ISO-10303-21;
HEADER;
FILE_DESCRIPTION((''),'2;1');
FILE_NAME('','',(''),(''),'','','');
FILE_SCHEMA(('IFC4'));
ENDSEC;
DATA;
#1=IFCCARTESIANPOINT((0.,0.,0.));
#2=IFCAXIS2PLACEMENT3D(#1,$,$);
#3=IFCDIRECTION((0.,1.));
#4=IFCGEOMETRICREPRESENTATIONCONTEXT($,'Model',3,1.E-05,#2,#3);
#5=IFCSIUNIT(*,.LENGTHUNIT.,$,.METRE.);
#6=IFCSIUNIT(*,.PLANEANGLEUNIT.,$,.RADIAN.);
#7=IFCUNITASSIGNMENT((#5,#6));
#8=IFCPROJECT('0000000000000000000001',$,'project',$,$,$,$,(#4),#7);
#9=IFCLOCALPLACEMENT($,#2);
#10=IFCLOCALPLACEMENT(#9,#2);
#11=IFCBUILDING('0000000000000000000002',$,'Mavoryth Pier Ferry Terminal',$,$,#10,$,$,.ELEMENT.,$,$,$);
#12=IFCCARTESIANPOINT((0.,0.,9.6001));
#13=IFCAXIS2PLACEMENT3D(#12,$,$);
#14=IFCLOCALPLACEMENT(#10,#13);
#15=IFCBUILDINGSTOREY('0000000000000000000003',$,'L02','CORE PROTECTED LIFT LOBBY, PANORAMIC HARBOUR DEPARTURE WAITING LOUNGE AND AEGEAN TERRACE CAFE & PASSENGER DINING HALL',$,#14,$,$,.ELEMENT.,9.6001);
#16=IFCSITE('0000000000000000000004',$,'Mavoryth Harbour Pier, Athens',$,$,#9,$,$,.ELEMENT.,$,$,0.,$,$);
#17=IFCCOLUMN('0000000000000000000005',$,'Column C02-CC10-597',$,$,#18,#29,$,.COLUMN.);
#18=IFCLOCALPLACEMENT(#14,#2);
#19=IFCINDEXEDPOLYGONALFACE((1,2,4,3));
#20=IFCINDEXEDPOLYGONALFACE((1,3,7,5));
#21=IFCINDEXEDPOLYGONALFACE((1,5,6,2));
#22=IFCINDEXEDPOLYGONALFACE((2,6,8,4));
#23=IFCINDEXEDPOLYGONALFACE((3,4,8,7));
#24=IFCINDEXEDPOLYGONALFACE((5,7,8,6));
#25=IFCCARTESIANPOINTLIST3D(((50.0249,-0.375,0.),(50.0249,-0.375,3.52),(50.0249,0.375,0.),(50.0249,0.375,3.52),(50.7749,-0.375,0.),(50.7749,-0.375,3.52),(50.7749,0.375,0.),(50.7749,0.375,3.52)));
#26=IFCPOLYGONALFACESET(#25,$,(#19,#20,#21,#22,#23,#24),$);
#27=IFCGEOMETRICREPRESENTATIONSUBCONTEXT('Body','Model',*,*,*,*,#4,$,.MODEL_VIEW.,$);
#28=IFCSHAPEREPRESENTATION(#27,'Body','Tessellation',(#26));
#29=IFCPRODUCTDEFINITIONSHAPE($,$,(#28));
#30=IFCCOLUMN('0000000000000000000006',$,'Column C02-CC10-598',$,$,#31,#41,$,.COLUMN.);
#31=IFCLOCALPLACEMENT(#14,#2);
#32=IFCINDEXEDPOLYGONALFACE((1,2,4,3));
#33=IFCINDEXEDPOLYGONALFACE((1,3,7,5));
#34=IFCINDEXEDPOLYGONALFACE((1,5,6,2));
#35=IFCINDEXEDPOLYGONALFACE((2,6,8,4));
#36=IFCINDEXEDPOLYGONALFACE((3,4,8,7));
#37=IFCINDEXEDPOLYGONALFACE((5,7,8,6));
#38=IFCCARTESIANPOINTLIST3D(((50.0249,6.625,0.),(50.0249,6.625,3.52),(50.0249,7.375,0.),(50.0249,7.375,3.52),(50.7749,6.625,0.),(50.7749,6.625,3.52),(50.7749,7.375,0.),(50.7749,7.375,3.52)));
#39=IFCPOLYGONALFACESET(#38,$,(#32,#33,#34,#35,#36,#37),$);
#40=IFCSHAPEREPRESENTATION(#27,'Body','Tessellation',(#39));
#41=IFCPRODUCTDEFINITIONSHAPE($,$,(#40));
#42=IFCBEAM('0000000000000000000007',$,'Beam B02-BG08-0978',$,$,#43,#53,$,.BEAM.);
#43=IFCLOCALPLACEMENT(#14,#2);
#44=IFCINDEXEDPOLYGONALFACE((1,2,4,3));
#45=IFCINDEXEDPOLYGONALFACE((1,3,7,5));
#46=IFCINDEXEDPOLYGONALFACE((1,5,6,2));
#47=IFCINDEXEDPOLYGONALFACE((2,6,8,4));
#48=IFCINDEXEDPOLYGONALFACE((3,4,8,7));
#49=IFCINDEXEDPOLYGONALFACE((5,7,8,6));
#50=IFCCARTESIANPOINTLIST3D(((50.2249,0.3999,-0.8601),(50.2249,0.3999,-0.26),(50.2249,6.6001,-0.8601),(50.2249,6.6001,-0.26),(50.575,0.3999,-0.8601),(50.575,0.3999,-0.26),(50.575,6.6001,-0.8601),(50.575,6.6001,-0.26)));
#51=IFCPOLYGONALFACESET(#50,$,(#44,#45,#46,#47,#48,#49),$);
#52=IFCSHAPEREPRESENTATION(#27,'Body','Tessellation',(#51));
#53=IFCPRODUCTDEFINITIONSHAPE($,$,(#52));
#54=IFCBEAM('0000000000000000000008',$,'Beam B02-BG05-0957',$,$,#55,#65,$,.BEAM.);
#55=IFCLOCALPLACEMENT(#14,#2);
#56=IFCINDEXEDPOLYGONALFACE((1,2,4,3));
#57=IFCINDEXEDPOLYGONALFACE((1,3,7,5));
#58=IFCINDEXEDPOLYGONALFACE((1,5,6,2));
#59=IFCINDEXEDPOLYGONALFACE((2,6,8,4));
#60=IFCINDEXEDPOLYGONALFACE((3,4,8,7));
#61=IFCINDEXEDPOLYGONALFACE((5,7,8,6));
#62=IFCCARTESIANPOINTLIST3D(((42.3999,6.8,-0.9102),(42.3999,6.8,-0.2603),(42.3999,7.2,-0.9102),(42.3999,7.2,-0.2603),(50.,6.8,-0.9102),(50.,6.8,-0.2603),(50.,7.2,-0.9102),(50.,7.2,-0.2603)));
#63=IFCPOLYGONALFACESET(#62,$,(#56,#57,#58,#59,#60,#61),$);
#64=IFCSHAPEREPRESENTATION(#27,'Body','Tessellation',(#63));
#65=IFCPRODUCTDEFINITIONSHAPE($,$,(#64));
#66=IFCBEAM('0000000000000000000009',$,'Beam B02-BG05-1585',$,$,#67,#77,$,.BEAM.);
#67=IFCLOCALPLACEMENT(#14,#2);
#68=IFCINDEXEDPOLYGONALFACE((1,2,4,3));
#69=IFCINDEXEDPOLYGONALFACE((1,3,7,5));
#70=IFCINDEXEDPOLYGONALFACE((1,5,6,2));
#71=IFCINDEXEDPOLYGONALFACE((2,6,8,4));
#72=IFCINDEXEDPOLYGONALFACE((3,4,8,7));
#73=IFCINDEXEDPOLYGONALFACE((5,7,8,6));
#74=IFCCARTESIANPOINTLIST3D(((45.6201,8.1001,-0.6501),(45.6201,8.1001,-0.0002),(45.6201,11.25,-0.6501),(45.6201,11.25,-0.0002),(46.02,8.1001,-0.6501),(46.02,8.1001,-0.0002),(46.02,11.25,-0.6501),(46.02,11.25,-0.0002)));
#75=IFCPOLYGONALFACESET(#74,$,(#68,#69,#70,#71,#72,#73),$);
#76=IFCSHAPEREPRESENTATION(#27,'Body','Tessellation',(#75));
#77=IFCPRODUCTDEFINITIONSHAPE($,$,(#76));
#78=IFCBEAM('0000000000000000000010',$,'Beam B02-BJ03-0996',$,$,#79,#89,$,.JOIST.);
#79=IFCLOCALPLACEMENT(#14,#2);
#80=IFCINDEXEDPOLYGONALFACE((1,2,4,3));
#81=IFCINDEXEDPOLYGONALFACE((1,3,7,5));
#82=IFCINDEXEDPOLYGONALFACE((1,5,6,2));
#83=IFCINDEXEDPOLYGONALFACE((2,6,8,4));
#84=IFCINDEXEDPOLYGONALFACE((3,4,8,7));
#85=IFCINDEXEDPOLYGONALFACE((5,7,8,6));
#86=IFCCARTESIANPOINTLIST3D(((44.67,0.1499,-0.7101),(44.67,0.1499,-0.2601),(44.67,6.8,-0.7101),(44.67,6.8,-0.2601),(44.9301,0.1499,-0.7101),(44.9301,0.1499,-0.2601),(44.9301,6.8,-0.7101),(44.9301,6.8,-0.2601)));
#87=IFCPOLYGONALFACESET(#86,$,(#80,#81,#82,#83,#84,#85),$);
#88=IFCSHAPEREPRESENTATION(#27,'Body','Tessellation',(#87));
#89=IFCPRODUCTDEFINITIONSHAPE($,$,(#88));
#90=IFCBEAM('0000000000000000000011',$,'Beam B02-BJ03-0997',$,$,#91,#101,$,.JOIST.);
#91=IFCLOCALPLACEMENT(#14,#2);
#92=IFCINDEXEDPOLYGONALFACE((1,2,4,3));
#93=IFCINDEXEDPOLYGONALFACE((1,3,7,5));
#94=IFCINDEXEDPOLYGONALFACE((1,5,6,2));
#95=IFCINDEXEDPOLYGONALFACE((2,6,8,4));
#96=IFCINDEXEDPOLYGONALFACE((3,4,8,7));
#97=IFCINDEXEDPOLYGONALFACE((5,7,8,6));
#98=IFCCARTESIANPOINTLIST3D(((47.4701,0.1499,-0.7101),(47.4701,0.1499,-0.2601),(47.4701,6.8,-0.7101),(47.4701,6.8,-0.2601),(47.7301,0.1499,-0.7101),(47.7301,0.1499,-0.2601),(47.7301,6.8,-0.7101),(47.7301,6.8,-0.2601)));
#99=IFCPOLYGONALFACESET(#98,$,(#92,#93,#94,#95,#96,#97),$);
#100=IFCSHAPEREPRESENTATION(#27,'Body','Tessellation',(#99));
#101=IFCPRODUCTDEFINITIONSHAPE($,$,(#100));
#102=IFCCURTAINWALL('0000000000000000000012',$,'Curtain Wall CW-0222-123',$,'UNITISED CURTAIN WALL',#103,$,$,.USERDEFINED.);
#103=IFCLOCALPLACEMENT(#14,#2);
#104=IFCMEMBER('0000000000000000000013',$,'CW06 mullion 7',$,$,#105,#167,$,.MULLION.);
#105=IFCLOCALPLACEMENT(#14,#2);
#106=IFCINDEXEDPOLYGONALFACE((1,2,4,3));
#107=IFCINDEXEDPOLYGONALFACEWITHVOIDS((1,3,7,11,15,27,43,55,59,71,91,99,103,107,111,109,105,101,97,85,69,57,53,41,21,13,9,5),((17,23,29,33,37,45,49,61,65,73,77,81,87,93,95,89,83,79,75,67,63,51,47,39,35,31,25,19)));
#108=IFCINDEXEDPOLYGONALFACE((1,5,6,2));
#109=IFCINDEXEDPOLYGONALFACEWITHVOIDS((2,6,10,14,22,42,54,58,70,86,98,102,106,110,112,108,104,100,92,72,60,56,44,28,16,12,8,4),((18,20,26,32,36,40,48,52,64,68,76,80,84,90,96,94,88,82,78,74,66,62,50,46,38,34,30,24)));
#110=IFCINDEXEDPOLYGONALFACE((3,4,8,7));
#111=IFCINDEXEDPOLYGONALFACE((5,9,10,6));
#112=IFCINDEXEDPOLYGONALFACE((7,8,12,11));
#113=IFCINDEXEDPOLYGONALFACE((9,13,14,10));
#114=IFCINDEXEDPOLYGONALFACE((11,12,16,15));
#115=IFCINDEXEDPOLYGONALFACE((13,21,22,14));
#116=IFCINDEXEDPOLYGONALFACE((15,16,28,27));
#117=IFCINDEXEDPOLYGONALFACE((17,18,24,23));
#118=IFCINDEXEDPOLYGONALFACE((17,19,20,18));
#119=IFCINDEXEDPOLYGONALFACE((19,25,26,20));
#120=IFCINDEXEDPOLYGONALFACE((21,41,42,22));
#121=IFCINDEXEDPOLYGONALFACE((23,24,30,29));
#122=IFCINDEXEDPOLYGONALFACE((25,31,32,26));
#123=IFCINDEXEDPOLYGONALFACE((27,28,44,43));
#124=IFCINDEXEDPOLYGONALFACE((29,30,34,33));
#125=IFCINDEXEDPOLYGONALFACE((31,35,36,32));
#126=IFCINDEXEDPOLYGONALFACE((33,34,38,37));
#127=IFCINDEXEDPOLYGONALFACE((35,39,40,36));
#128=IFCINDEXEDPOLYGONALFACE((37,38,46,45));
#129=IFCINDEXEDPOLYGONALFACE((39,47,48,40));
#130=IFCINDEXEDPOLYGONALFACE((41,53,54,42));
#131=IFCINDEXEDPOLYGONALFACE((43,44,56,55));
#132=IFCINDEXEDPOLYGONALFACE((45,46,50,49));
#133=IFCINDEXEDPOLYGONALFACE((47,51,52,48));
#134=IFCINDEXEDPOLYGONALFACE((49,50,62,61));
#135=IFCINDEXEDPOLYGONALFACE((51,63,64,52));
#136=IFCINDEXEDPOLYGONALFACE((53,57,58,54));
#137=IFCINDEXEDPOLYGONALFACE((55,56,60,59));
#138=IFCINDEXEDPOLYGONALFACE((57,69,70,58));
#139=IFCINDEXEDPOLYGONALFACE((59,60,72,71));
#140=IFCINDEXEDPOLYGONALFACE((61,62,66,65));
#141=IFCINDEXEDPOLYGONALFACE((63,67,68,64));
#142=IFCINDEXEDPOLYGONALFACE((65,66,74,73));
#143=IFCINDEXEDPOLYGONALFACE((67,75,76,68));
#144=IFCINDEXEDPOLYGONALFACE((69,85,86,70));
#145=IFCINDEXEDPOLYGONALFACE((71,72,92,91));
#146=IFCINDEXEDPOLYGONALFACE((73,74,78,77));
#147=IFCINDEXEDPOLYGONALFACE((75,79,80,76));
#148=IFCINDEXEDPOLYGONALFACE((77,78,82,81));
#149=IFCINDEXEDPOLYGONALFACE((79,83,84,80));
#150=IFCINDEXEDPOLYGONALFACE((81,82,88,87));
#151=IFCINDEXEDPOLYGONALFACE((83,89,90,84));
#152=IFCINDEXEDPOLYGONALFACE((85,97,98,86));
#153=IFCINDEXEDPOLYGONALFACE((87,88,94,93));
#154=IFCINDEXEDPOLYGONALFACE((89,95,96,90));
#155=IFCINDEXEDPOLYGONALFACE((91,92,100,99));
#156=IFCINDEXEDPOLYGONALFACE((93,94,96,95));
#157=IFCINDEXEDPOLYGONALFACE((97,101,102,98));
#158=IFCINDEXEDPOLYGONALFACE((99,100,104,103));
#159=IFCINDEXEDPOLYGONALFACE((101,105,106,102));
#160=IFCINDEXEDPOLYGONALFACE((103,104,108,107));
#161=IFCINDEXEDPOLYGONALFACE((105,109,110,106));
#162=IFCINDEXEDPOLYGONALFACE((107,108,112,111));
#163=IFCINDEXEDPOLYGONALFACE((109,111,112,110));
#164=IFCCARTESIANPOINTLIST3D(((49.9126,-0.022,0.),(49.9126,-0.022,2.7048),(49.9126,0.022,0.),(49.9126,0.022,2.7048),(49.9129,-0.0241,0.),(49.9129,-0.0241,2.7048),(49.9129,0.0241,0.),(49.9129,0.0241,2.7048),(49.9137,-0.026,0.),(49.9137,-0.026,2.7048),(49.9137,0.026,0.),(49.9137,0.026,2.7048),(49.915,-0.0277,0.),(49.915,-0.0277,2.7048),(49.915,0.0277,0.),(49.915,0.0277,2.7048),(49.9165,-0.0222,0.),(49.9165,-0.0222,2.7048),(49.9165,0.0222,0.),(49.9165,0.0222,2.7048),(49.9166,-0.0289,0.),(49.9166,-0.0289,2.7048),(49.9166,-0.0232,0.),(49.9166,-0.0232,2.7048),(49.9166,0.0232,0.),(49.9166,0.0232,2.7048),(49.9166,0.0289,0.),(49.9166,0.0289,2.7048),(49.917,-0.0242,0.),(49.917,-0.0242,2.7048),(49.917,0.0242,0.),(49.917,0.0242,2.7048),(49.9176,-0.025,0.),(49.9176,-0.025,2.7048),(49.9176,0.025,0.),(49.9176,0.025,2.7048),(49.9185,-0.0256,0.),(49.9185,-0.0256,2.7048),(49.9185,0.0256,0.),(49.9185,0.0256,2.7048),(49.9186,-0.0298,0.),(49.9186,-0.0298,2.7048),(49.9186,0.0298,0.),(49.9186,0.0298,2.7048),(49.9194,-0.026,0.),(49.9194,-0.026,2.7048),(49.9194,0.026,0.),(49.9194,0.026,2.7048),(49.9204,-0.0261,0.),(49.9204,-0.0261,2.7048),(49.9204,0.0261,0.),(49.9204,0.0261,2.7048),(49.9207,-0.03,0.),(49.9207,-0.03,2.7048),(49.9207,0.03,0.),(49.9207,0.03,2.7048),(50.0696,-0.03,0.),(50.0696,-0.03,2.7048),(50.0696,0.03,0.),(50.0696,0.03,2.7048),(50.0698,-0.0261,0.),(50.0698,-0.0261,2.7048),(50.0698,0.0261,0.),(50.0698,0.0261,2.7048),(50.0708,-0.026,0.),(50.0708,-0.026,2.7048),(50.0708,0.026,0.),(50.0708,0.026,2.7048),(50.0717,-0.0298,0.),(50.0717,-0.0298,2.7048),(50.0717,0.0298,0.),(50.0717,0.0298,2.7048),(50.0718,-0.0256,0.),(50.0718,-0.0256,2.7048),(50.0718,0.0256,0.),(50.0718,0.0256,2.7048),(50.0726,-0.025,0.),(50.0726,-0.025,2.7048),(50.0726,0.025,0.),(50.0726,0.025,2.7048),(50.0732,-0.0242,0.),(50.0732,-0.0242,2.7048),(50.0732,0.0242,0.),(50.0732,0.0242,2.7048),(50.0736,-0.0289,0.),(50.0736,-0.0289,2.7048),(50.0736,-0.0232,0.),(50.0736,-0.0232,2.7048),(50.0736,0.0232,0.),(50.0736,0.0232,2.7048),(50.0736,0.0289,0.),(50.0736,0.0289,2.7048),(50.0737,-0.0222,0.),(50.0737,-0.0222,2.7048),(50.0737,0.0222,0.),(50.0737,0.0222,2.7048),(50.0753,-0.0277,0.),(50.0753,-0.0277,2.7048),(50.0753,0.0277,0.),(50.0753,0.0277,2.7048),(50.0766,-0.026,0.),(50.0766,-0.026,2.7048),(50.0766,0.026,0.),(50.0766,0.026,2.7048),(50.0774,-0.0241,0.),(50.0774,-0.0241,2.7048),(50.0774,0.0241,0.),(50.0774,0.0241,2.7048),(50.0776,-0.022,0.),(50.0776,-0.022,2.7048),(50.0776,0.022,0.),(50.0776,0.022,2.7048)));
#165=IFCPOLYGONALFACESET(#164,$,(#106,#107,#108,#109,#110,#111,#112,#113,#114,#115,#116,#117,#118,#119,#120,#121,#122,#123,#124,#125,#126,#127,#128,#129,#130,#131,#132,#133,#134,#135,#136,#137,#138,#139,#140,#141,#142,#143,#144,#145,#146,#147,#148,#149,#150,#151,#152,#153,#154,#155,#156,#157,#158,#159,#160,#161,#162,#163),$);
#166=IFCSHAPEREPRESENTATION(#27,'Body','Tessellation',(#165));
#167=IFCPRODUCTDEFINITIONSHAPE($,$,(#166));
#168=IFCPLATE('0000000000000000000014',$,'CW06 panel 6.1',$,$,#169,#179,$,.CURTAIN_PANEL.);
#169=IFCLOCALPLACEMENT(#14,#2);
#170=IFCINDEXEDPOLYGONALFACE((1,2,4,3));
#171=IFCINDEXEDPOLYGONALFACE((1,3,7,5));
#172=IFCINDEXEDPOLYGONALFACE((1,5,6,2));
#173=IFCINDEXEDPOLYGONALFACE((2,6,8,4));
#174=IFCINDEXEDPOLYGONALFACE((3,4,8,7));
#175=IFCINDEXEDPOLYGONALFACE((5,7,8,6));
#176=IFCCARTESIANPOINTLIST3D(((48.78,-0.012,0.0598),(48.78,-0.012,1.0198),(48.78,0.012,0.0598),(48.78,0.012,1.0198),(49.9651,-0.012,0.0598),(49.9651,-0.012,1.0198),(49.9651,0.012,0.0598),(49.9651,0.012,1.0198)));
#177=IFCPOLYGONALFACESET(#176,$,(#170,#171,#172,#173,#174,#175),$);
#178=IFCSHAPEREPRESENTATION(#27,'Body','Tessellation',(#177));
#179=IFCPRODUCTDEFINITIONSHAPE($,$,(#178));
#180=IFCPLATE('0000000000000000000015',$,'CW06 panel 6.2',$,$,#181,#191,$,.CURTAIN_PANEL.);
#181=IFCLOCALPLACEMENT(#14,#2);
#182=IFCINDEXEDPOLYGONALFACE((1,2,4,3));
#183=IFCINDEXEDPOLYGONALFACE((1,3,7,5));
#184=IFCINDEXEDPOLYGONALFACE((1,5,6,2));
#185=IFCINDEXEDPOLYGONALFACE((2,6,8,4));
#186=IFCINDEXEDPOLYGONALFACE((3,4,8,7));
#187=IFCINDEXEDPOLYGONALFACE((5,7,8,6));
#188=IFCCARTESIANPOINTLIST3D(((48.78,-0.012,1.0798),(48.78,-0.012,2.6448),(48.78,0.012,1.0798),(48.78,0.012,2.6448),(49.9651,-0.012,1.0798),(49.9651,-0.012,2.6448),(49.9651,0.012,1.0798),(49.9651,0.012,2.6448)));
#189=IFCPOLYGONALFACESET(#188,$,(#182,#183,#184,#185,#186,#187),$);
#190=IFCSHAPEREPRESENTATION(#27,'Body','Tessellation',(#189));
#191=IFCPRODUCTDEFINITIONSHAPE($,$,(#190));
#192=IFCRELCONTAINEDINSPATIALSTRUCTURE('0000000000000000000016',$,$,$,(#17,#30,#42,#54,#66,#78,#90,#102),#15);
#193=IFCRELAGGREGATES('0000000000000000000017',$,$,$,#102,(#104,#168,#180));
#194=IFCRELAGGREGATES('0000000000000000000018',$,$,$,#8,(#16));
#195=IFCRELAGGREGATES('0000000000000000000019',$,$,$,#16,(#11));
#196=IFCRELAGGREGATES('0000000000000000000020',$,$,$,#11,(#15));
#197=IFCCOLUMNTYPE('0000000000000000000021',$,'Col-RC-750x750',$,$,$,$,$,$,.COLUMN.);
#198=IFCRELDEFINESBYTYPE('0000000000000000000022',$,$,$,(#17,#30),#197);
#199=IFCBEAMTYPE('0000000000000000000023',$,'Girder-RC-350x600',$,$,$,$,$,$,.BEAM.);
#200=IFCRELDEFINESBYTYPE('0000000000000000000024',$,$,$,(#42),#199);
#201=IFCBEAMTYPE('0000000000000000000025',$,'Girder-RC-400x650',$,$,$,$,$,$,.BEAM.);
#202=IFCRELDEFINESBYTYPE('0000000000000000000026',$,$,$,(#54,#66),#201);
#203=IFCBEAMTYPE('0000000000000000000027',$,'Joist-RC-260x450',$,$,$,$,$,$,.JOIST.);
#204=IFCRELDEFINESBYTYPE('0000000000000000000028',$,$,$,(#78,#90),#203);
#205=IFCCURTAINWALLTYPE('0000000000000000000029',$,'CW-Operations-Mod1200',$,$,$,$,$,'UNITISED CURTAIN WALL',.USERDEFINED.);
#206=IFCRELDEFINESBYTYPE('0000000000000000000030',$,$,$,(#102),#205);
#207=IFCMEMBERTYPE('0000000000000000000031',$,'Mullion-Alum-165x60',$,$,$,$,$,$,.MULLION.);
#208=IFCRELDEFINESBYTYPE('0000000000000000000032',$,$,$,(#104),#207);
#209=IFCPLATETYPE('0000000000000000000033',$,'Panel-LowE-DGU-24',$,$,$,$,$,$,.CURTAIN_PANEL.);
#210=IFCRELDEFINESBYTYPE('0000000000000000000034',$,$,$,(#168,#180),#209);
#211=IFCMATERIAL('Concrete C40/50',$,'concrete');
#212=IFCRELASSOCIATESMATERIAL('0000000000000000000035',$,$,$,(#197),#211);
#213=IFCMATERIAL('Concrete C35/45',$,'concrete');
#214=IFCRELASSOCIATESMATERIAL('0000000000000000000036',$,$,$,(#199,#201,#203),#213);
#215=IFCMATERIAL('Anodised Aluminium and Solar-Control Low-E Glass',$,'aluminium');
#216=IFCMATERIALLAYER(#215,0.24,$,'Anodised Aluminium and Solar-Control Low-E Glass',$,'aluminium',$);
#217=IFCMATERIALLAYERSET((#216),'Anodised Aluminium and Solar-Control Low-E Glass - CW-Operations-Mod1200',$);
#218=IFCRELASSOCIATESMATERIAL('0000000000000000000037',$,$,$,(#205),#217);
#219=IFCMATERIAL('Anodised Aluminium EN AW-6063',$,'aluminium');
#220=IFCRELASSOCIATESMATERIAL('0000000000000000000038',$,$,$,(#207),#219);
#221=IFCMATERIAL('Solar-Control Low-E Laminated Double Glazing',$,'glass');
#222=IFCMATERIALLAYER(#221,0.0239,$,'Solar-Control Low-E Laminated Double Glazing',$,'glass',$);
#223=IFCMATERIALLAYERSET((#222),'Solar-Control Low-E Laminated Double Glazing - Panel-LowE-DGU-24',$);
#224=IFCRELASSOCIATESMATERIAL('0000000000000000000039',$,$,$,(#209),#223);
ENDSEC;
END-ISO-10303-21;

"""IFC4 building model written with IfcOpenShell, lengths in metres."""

from ifc_helpers import new_model, si_unit, direction, frame, origin, origin_2d, place, context, subcontext, project, spatial, rectangle, hollow_rectangle, extrude, material, layer, layer_set, material_profile, profile_set, type_object, element, aggregate, save


model = new_model("IFC4")

# Units and contexts
model_context = context("Model", 3, precision=1e-05, world=origin(), true_north=direction((0.0, 1.0)))
body_context = subcontext(model_context, "Body", "Model", "MODEL_VIEW")
ifc_project = project(units=[si_unit("LENGTHUNIT", "METRE"), si_unit("PLANEANGLEUNIT", "RADIAN")], contexts=[model_context])

# Site, building, storey
site_placement = place(None, origin())
site = spatial("IfcSite", under=ifc_project, at=site_placement, Name="Mavoryth Harbour Pier, Athens", CompositionType="ELEMENT", RefElevation=0.0)
building_placement = place(site_placement, origin())
building = spatial("IfcBuilding", under=site, at=building_placement, Name="Mavoryth Pier Ferry Terminal", CompositionType="ELEMENT")
storey_placement = place(building_placement, frame((0.0, 0.0, 9.6001)))
storey = spatial("IfcBuildingStorey", under=building, at=storey_placement, Name="L02", Description="CORE PROTECTED LIFT LOBBY, PANORAMIC HARBOUR DEPARTURE WAITING LOUNGE AND AEGEAN TERRACE CAFE & PASSENGER DINING HALL", CompositionType="ELEMENT", Elevation=9.6001)

# Columns
ifc_material_1 = material(Name="Concrete C40/50", Category="concrete")
ifc_material_profile_1 = material_profile(ifc_material_1, rectangle(XDim=0.75, YDim=0.75, at=origin_2d()), Name="RC 750x750", Category="concrete")
ifc_profile_set_1 = profile_set([ifc_material_profile_1], Name="Concrete C40/50 - RC 750x750")
column_type = type_object("IfcColumnType", Name="Col-RC-750x750", PredefinedType="COLUMN", material=ifc_profile_set_1)
for number, where, z_axis, x_axis, name in (
    (1, (50.3999, 0.0, 0.0), (0.0, 0.0, 1.0), (1.0, 0.0, 0.0), "Column C02-CC10-597"),
    (2, (50.3999, 7.0, 0.0), (0.0, 0.0, 1.0), (1.0, 0.0, 0.0), "Column C02-CC10-598"),
):
    element("IfcColumn", number, at=place(storey_placement, frame(where, z_axis=z_axis, x_axis=x_axis)), inside=storey, type_object=column_type, Name=name, PredefinedType="COLUMN", context=body_context, shape_type="SweptSolid", body=[
        extrude(rectangle(XDim=0.75, YDim=0.75, at=origin_2d()), origin(), (0.0, 0.0, 1.0), 3.52),
    ])

# Beams
ifc_material_2 = material(Name="Concrete C35/45", Category="concrete")
ifc_material_profile_2 = material_profile(ifc_material_2, rectangle(XDim=0.3501, YDim=0.6001, at=origin_2d()), Name="RC 350x600", Category="concrete")
ifc_profile_set_2 = profile_set([ifc_material_profile_2], Name="Concrete C35/45 - RC 350x600")
beam_type_1 = type_object("IfcBeamType", Name="Girder-RC-350x600", PredefinedType="BEAM", material=ifc_profile_set_2)
beam_1_placement = place(storey_placement, frame((50.3999, 0.3999, -0.5601), z_axis=(0.0, 1.0, 0.0), x_axis=(-1.0, 0.0, 0.0)))
element("IfcBeam", 3, at=beam_1_placement, inside=storey, type_object=beam_type_1, Name="Beam B02-BG08-0978", PredefinedType="BEAM", context=body_context, shape_type="SweptSolid", body=[
    extrude(rectangle(XDim=0.3501, YDim=0.6001, at=origin_2d()), origin(), (0.0, 0.0, 1.0), 6.2002),
])
ifc_material_profile_3 = material_profile(ifc_material_2, rectangle(XDim=0.3999, YDim=0.6499, at=origin_2d()), Name="RC 400x650", Category="concrete")
ifc_profile_set_3 = profile_set([ifc_material_profile_3], Name="Concrete C35/45 - RC 400x650")
beam_type_2 = type_object("IfcBeamType", Name="Girder-RC-400x650", PredefinedType="BEAM", material=ifc_profile_set_3)
beam_2_placement = place(storey_placement, frame((42.3999, 7.0, -0.5852), z_axis=(1.0, 0.0, 0.0), x_axis=(0.0, 1.0, 0.0)))
element("IfcBeam", 4, at=beam_2_placement, inside=storey, type_object=beam_type_2, Name="Beam B02-BG05-0957", PredefinedType="BEAM", context=body_context, shape_type="SweptSolid", body=[
    extrude(rectangle(XDim=0.3999, YDim=0.6499, at=origin_2d()), origin(), (0.0, 0.0, 1.0), 7.6001),
])
beam_3_placement = place(storey_placement, frame((45.8201, 8.1001, -0.3252), z_axis=(0.0, 1.0, 0.0), x_axis=(-1.0, 0.0, 0.0)))
element("IfcBeam", 5, at=beam_3_placement, inside=storey, type_object=beam_type_2, Name="Beam B02-BG05-1585", PredefinedType="BEAM", context=body_context, shape_type="SweptSolid", body=[
    extrude(rectangle(XDim=0.3999, YDim=0.6499, at=origin_2d()), origin(), (0.0, 0.0, 1.0), 3.1499),
])
ifc_material_profile_4 = material_profile(ifc_material_2, rectangle(XDim=0.26, YDim=0.45, at=origin_2d()), Name="RC 260x450", Category="concrete")
ifc_profile_set_4 = profile_set([ifc_material_profile_4], Name="Concrete C35/45 - RC 260x450")
beam_type_3 = type_object("IfcBeamType", Name="Joist-RC-260x450", PredefinedType="JOIST", material=ifc_profile_set_4)
for number, where, z_axis, x_axis, name in (
    (6, (44.8, 0.1499, -0.4851), (0.0, 1.0, 0.0), (-1.0, 0.0, 0.0), "Beam B02-BJ03-0996"),
    (7, (47.6001, 0.1499, -0.4851), (0.0, 1.0, 0.0), (-1.0, 0.0, 0.0), "Beam B02-BJ03-0997"),
):
    element("IfcBeam", number, at=place(storey_placement, frame(where, z_axis=z_axis, x_axis=x_axis)), inside=storey, type_object=beam_type_3, Name=name, PredefinedType="JOIST", context=body_context, shape_type="SweptSolid", body=[
        extrude(rectangle(XDim=0.26, YDim=0.45, at=origin_2d()), origin(), (0.0, 0.0, 1.0), 6.6501),
    ])

# Curtain wall, member, plates
ifc_material_3 = material(Name="Anodised Aluminium and Solar-Control Low-E Glass", Category="aluminium")
ifc_layer_1 = layer(ifc_material_3, 0.24, Name="Anodised Aluminium and Solar-Control Low-E Glass", Category="aluminium")
ifc_layer_set_1 = layer_set([ifc_layer_1], Name="Anodised Aluminium and Solar-Control Low-E Glass - CW-Operations-Mod1200")
curtain_wall_type = type_object("IfcCurtainWallType", Name="CW-Operations-Mod1200", ElementType="UNITISED CURTAIN WALL", PredefinedType="USERDEFINED", material=ifc_layer_set_1)
curtain_wall_placement = place(storey_placement, origin())
curtain_wall = element("IfcCurtainWall", 8, at=curtain_wall_placement, inside=storey, type_object=curtain_wall_type, Name="Curtain Wall CW-0222-123", ObjectType="UNITISED CURTAIN WALL", PredefinedType="USERDEFINED")
ifc_material_4 = material(Name="Anodised Aluminium EN AW-6063", Category="aluminium")
ifc_material_profile_5 = material_profile(ifc_material_4, hollow_rectangle(XDim=0.0601, YDim=0.165, WallThickness=0.0039, InnerFilletRadius=0.0039, OuterFilletRadius=0.0081, at=origin_2d()), Name="AL-MULL 165x60x4", Category="aluminium")
ifc_profile_set_5 = profile_set([ifc_material_profile_5], Name="Anodised Aluminium EN AW-6063 - AL-MULL 165x60x4")
member_type = type_object("IfcMemberType", Name="Mullion-Alum-165x60", PredefinedType="MULLION", material=ifc_profile_set_5)
member_placement = place(storey_placement, frame((49.9951, 0.0, 0.0), z_axis=(0.0, 0.0, 1.0), x_axis=(0.0, 1.0, 0.0)))
member = element("IfcMember", 9, at=member_placement, type_object=member_type, Name="CW06 mullion 7", PredefinedType="MULLION", context=body_context, shape_type="SweptSolid", body=[
    extrude(hollow_rectangle(XDim=0.0601, YDim=0.165, WallThickness=0.0039, InnerFilletRadius=0.0039, OuterFilletRadius=0.0081, at=origin_2d()), origin(), (0.0, 0.0, 1.0), 2.7048),
])
ifc_material_5 = material(Name="Solar-Control Low-E Laminated Double Glazing", Category="glass")
ifc_layer_2 = layer(ifc_material_5, 0.0239, Name="Solar-Control Low-E Laminated Double Glazing", Category="glass")
ifc_layer_set_2 = layer_set([ifc_layer_2], Name="Solar-Control Low-E Laminated Double Glazing - Panel-LowE-DGU-24")
plate_type = type_object("IfcPlateType", Name="Panel-LowE-DGU-24", PredefinedType="CURTAIN_PANEL", material=ifc_layer_set_2)
plate_1_placement = place(storey_placement, frame((49.3726, 0.0, 0.0598), z_axis=(0.0, 0.0, 1.0), x_axis=(1.0, 0.0, 0.0)))
plate_1 = element("IfcPlate", 10, at=plate_1_placement, type_object=plate_type, Name="CW06 panel 6.1", PredefinedType="CURTAIN_PANEL", context=body_context, shape_type="SweptSolid", body=[
    extrude(rectangle(XDim=1.1851, YDim=0.0239, at=origin_2d()), origin(), (0.0, 0.0, 1.0), 0.96),
])
plate_2_placement = place(storey_placement, frame((49.3726, 0.0, 1.0798), z_axis=(0.0, 0.0, 1.0), x_axis=(1.0, 0.0, 0.0)))
plate_2 = element("IfcPlate", 11, at=plate_2_placement, type_object=plate_type, Name="CW06 panel 6.2", PredefinedType="CURTAIN_PANEL", context=body_context, shape_type="SweptSolid", body=[
    extrude(rectangle(XDim=1.1851, YDim=0.0239, at=origin_2d()), origin(), (0.0, 0.0, 1.0), 1.5649),
])
aggregate(curtain_wall, [member, plate_1, plate_2])

save(model, "model.ifc")
